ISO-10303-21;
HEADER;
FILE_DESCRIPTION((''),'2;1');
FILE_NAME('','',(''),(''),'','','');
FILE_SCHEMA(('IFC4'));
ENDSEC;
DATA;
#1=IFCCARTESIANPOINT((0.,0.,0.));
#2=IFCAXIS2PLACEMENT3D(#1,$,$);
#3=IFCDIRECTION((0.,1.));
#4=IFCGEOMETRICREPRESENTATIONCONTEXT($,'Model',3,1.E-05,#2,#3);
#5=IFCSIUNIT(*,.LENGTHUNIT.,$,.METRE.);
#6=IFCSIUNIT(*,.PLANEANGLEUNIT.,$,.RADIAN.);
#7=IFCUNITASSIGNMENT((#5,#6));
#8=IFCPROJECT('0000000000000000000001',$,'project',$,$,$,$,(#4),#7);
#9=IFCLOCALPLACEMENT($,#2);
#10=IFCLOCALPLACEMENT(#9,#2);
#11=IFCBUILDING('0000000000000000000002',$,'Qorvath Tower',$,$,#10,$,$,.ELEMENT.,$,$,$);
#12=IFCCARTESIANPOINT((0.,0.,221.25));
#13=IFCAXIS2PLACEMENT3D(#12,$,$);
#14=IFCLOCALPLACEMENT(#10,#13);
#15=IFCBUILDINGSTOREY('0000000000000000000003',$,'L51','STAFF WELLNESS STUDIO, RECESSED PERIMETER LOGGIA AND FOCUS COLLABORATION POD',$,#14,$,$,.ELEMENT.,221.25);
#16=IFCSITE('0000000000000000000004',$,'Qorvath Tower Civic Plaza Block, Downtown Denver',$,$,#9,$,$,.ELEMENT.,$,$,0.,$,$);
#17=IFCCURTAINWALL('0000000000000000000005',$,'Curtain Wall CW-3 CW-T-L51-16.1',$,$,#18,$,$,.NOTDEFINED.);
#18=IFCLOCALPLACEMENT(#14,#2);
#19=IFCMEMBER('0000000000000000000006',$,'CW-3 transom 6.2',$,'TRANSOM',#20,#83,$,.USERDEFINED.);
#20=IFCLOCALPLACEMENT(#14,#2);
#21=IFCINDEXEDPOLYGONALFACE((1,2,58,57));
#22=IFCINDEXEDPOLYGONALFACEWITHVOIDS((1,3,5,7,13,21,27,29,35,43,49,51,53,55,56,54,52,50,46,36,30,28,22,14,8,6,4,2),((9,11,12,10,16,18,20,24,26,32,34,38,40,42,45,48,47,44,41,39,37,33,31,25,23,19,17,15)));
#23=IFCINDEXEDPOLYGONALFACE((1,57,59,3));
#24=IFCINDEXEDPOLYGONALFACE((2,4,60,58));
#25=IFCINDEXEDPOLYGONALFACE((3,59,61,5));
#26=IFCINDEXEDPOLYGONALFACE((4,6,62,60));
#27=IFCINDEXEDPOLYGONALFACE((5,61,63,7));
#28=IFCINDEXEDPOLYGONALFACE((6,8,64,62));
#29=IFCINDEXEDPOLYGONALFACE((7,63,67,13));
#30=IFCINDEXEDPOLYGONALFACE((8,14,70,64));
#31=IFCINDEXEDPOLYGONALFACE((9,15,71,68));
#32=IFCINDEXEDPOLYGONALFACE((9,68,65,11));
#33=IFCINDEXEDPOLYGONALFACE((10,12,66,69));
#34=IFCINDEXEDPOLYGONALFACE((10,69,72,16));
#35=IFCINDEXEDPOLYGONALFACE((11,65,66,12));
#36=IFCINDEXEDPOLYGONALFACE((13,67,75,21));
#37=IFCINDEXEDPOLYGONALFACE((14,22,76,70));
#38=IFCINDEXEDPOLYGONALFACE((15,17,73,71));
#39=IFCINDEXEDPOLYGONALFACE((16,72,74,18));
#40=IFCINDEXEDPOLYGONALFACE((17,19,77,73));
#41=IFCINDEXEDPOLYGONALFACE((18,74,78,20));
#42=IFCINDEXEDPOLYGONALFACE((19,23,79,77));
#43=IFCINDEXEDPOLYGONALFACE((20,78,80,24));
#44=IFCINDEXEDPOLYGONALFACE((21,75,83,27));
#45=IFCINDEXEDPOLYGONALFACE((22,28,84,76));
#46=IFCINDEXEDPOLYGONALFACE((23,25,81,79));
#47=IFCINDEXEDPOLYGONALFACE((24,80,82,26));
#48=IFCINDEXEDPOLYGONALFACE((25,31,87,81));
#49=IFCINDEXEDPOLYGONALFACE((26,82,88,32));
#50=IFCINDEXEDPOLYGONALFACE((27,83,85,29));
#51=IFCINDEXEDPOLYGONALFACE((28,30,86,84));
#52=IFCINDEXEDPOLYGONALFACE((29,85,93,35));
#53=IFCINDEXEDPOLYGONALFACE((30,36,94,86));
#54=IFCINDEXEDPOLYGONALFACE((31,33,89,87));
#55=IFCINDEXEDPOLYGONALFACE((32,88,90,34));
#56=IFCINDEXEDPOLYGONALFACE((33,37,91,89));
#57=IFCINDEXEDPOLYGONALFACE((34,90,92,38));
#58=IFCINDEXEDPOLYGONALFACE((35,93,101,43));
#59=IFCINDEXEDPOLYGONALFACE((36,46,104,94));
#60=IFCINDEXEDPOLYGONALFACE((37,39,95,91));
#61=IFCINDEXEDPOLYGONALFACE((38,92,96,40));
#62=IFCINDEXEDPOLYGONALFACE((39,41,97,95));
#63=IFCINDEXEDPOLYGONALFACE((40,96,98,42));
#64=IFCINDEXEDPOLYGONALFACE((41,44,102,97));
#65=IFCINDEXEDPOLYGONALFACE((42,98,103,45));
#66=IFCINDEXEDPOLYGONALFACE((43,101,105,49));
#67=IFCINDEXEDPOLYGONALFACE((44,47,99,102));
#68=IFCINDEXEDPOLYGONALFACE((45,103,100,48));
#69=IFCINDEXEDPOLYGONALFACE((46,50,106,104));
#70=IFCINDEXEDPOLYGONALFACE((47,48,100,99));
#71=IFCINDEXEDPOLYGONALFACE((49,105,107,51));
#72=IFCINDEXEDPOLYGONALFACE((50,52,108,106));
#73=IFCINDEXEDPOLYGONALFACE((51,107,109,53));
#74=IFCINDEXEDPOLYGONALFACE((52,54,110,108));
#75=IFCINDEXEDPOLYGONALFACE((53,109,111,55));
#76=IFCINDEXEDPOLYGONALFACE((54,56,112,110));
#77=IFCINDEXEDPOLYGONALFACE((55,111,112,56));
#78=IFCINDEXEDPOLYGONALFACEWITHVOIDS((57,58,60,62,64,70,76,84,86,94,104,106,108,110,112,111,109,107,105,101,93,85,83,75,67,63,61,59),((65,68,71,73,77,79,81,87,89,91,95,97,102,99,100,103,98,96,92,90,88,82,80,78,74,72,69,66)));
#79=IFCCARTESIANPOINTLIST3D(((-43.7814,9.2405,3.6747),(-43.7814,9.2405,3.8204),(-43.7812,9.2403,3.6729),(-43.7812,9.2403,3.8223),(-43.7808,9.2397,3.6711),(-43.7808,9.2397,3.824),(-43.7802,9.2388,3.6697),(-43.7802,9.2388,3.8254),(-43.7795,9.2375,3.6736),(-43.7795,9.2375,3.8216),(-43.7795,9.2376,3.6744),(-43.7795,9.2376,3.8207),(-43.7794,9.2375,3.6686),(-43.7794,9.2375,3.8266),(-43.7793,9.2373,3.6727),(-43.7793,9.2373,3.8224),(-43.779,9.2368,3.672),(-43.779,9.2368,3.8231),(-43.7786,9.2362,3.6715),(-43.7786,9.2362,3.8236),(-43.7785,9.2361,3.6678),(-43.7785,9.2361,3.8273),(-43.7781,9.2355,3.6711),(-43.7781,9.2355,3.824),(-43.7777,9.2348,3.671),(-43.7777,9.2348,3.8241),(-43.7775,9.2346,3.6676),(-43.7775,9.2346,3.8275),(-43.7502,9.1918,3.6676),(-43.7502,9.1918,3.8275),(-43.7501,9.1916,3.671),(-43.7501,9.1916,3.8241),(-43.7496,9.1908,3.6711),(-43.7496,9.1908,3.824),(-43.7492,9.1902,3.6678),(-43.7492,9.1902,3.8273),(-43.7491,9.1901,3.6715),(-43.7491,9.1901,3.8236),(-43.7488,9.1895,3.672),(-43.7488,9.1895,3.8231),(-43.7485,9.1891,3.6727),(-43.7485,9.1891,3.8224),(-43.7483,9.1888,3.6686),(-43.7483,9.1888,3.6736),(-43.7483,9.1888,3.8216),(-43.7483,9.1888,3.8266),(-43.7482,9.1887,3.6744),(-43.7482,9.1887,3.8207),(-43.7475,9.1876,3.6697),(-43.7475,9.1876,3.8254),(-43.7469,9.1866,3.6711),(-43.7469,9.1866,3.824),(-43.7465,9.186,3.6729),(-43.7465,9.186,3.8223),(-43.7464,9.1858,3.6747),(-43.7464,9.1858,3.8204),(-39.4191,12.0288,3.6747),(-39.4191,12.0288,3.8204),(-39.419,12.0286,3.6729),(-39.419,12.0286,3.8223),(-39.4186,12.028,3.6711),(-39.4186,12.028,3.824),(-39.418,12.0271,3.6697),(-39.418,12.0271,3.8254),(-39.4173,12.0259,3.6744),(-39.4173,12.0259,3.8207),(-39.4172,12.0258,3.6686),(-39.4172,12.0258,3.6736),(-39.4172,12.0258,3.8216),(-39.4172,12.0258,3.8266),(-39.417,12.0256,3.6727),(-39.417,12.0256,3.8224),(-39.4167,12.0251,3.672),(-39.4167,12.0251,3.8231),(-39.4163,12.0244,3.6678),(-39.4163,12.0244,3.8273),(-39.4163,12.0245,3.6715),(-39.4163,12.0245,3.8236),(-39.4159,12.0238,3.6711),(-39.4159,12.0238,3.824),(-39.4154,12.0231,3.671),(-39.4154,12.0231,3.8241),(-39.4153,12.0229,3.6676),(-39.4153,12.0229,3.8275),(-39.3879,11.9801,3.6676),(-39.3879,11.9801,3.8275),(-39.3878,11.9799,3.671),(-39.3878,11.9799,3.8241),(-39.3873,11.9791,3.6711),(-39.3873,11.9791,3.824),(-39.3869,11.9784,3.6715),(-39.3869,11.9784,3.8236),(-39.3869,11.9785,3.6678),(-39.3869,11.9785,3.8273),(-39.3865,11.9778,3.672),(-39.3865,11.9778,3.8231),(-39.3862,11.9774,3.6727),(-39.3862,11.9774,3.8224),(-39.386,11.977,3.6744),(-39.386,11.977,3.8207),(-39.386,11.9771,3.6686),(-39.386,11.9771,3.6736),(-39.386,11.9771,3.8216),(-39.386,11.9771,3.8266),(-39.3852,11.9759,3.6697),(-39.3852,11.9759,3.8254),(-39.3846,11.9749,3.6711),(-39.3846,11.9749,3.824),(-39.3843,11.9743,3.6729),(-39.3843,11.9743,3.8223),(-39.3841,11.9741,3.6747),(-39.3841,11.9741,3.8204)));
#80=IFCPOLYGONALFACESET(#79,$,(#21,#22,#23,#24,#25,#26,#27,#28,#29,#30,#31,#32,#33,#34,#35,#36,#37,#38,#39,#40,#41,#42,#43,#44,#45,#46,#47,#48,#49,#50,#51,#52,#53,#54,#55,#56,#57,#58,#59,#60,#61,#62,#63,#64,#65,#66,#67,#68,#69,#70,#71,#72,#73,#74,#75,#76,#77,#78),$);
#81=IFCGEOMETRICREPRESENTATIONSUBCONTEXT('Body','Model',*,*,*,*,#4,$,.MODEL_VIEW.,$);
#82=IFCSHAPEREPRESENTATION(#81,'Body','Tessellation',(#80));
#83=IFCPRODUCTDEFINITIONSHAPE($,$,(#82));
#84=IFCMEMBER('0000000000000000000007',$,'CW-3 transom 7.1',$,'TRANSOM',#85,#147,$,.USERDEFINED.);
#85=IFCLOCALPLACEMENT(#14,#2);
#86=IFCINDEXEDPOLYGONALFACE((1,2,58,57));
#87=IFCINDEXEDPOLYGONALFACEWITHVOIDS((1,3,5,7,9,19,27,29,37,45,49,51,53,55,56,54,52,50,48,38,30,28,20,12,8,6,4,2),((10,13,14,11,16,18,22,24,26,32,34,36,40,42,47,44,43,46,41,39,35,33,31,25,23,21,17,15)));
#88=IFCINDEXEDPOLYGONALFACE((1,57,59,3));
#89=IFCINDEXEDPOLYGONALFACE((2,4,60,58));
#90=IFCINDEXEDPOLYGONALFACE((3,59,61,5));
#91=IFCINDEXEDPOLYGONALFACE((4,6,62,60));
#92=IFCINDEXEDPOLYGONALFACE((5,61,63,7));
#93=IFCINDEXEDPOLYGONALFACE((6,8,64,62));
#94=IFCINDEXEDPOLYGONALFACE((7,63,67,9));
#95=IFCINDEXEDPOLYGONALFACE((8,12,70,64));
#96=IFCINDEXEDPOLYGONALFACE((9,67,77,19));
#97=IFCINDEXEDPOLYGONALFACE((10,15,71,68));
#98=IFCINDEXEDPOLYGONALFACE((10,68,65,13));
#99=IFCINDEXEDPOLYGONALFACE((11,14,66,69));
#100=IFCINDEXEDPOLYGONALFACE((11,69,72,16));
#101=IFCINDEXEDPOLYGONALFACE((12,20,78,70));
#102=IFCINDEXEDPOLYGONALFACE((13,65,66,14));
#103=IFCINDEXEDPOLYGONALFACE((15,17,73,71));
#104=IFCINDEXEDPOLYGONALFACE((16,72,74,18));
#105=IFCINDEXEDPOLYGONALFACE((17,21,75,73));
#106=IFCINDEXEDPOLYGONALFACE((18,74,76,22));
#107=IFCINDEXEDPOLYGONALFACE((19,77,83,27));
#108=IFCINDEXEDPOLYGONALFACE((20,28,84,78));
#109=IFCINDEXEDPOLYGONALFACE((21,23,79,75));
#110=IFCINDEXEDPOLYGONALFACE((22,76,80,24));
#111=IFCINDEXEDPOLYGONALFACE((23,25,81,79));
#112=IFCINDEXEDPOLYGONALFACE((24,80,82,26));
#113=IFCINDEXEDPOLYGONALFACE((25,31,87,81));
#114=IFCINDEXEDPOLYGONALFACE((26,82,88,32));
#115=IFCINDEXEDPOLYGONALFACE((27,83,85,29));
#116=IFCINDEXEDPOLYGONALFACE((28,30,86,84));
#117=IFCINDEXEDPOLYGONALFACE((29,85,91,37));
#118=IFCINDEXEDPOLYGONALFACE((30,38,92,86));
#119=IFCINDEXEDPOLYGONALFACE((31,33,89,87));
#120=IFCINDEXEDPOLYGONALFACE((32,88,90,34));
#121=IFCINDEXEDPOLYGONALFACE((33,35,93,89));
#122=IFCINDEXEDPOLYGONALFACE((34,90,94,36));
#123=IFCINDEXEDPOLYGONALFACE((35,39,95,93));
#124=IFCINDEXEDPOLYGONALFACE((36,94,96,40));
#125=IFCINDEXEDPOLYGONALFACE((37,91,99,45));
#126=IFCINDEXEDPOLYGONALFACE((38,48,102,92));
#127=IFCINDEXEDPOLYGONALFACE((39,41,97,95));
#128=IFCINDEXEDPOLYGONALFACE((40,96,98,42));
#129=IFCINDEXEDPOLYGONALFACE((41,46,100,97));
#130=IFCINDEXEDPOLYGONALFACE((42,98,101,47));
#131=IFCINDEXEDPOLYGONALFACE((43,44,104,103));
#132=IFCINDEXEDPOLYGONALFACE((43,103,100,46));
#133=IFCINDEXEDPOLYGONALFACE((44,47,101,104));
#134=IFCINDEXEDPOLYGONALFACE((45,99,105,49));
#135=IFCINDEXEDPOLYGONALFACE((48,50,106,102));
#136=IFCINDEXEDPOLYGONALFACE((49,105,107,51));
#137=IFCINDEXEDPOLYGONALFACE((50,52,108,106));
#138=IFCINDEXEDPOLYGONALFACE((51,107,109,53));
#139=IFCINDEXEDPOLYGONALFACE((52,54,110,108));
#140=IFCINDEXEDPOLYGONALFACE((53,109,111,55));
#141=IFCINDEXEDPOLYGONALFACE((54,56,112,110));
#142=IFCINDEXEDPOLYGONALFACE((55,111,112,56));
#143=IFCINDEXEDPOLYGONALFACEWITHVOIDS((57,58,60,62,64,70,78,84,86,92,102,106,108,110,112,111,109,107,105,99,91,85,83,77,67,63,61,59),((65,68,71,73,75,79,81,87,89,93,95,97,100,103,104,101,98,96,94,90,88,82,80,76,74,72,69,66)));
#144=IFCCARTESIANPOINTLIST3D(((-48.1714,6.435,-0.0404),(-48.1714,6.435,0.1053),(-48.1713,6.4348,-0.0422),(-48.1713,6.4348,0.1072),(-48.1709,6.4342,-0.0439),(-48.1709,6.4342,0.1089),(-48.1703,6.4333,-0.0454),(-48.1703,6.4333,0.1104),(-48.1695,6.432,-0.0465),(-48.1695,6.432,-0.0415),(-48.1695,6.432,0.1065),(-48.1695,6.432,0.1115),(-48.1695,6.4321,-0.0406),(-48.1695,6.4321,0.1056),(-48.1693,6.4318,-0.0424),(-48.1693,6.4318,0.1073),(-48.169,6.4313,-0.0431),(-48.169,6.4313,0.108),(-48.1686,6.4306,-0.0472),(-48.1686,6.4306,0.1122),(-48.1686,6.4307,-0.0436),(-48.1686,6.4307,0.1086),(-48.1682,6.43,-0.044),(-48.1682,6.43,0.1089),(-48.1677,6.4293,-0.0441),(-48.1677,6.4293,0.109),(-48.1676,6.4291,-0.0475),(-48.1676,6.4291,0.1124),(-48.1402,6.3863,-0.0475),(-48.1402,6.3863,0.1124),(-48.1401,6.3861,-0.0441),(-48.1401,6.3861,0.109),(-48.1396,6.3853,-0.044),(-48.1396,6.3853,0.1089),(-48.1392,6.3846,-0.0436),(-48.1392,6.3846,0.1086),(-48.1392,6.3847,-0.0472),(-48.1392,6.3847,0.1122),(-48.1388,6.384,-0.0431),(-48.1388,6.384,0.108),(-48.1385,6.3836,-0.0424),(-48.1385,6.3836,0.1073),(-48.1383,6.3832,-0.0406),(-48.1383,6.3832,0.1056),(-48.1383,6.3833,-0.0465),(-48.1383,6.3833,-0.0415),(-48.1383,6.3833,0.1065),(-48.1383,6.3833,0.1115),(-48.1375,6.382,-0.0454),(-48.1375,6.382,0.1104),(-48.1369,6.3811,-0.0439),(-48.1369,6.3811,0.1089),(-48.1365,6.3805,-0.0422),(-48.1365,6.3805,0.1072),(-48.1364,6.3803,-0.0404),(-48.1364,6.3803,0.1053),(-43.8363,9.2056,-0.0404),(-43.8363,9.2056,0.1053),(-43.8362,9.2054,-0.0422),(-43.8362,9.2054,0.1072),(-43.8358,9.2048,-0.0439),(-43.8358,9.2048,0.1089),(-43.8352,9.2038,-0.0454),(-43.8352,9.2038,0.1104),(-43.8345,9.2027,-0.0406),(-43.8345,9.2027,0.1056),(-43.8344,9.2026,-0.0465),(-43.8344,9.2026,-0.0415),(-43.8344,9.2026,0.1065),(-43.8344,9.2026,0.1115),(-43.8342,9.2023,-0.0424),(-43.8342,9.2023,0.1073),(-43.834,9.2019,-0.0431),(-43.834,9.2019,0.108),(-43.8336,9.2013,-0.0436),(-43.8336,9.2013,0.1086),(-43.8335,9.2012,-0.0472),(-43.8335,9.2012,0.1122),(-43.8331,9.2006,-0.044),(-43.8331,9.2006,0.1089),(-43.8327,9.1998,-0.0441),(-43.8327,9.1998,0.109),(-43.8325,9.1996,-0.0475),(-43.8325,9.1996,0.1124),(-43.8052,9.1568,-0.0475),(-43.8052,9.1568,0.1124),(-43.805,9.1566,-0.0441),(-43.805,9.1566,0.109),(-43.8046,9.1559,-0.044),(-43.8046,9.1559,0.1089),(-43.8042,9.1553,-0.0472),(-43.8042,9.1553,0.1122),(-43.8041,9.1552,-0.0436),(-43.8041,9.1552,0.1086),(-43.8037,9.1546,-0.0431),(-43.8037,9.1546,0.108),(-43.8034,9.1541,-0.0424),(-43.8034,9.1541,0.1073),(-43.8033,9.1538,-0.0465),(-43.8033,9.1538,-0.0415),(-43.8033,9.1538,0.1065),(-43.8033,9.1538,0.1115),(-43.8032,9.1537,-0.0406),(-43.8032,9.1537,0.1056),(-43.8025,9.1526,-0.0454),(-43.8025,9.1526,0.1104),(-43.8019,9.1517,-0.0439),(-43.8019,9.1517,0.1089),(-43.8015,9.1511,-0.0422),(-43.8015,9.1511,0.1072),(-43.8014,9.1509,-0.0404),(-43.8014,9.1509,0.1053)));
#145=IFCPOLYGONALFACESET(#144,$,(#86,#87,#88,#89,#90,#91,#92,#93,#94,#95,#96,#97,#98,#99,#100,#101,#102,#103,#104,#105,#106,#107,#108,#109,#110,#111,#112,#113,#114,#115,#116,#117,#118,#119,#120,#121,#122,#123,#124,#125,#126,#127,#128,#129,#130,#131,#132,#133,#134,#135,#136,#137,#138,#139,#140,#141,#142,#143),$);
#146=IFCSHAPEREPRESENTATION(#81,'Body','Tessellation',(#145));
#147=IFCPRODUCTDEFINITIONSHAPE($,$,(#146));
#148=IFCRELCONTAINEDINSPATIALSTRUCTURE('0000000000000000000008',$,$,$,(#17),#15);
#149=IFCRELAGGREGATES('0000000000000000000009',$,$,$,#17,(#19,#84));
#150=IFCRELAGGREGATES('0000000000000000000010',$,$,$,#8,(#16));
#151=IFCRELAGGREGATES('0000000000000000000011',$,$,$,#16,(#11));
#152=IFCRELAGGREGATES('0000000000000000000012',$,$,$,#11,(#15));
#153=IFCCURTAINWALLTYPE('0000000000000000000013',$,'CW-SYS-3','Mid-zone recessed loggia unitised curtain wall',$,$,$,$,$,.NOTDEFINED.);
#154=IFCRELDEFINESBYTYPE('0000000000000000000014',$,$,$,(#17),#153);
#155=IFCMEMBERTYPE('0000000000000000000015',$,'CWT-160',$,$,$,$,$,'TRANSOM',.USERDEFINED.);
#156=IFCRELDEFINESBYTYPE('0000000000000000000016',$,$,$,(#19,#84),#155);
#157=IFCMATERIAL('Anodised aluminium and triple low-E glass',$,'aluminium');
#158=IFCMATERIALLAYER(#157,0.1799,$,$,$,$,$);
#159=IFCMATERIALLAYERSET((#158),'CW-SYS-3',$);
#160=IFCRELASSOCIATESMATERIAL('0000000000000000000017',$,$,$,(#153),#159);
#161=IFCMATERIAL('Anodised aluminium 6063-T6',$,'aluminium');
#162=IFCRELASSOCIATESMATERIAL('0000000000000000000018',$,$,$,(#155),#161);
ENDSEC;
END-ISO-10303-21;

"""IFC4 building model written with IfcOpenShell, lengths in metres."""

from ifc_helpers import new_model, si_unit, direction, frame, origin, origin_2d, place, context, subcontext, project, spatial, hollow_rectangle, extrude, material, layer, layer_set, material_profile, profile_set, type_object, element, aggregate, save


model = new_model("IFC4")

# Units and contexts
model_context = context("Model", 3, precision=1e-05, world=origin(), true_north=direction((0.0, 1.0)))
body_context = subcontext(model_context, "Body", "Model", "MODEL_VIEW")
ifc_project = project(units=[si_unit("LENGTHUNIT", "METRE"), si_unit("PLANEANGLEUNIT", "RADIAN")], contexts=[model_context])

# Site, building, storey
site_placement = place(None, origin())
site = spatial("IfcSite", under=ifc_project, at=site_placement, Name="Qorvath Tower Civic Plaza Block, Downtown Denver", CompositionType="ELEMENT", RefElevation=0.0)
building_placement = place(site_placement, origin())
building = spatial("IfcBuilding", under=site, at=building_placement, Name="Qorvath Tower", CompositionType="ELEMENT")
storey_placement = place(building_placement, frame((0.0, 0.0, 221.25)))
storey = spatial("IfcBuildingStorey", under=building, at=storey_placement, Name="L51", Description="STAFF WELLNESS STUDIO, RECESSED PERIMETER LOGGIA AND FOCUS COLLABORATION POD", CompositionType="ELEMENT", Elevation=221.25)

# Curtain wall
ifc_material_1 = material(Name="Anodised aluminium and triple low-E glass", Category="aluminium")
ifc_layer_1 = layer(ifc_material_1, 0.1799)
ifc_layer_set_1 = layer_set([ifc_layer_1], Name="CW-SYS-3")
curtain_wall_type = type_object("IfcCurtainWallType", Name="CW-SYS-3", Description="Mid-zone recessed loggia unitised curtain wall", PredefinedType="NOTDEFINED", material=ifc_layer_set_1)
curtain_wall_1_placement = place(storey_placement, origin())
curtain_wall_1 = element("IfcCurtainWall", 1, at=curtain_wall_1_placement, inside=storey, type_object=curtain_wall_type, Name="Curtain Wall CW-3 CW-T-L51-16.1", PredefinedType="NOTDEFINED")

# Members
ifc_material_2 = material(Name="Anodised aluminium 6063-T6", Category="aluminium")
ifc_material_profile_1 = material_profile(ifc_material_2, hollow_rectangle(XDim=0.0649, YDim=0.1599, WallThickness=0.0034, InnerFilletRadius=0.0034, OuterFilletRadius=0.0071, at=origin_2d()), Name="CWT 160x65")
ifc_profile_set_1 = profile_set([ifc_material_profile_1], Name="Anodised aluminium 6063-T6")
member_type_1 = type_object("IfcMemberType", Name="CWT-160", ElementType="TRANSOM", PredefinedType="USERDEFINED", material=ifc_profile_set_1)
member_1_placement = place(storey_placement, frame((-39.4016, 12.0015, 3.7476), z_axis=(-0.842582, -0.538568, 0.0), x_axis=(0.538568, -0.842582, 0.0)))
member_1 = element("IfcMember", 2, at=member_1_placement, type_object=member_type_1, Name="CW-3 transom 6.2", ObjectType="TRANSOM", PredefinedType="USERDEFINED", context=body_context, shape_type="SweptSolid", body=[
    extrude(hollow_rectangle(XDim=0.0649, YDim=0.1599, WallThickness=0.0034, InnerFilletRadius=0.0034, OuterFilletRadius=0.0071, at=origin_2d()), origin(), (0.0, 0.0, 1.0), 5.1772),
])
member_2_placement = place(storey_placement, frame((-43.8188, 9.1782, 0.0325), z_axis=(-0.842613, -0.53852, 0.0), x_axis=(0.53852, -0.842613, 0.0)))
member_2 = element("IfcMember", 3, at=member_2_placement, type_object=member_type_1, Name="CW-3 transom 7.1", ObjectType="TRANSOM", PredefinedType="USERDEFINED", context=body_context, shape_type="SweptSolid", body=[
    extrude(hollow_rectangle(XDim=0.0649, YDim=0.1599, WallThickness=0.0034, InnerFilletRadius=0.0034, OuterFilletRadius=0.0071, at=origin_2d()), origin(), (0.0, 0.0, 1.0), 5.1448),
])

aggregate(curtain_wall_1, [member_1, member_2])

save(model, "model.ifc")
